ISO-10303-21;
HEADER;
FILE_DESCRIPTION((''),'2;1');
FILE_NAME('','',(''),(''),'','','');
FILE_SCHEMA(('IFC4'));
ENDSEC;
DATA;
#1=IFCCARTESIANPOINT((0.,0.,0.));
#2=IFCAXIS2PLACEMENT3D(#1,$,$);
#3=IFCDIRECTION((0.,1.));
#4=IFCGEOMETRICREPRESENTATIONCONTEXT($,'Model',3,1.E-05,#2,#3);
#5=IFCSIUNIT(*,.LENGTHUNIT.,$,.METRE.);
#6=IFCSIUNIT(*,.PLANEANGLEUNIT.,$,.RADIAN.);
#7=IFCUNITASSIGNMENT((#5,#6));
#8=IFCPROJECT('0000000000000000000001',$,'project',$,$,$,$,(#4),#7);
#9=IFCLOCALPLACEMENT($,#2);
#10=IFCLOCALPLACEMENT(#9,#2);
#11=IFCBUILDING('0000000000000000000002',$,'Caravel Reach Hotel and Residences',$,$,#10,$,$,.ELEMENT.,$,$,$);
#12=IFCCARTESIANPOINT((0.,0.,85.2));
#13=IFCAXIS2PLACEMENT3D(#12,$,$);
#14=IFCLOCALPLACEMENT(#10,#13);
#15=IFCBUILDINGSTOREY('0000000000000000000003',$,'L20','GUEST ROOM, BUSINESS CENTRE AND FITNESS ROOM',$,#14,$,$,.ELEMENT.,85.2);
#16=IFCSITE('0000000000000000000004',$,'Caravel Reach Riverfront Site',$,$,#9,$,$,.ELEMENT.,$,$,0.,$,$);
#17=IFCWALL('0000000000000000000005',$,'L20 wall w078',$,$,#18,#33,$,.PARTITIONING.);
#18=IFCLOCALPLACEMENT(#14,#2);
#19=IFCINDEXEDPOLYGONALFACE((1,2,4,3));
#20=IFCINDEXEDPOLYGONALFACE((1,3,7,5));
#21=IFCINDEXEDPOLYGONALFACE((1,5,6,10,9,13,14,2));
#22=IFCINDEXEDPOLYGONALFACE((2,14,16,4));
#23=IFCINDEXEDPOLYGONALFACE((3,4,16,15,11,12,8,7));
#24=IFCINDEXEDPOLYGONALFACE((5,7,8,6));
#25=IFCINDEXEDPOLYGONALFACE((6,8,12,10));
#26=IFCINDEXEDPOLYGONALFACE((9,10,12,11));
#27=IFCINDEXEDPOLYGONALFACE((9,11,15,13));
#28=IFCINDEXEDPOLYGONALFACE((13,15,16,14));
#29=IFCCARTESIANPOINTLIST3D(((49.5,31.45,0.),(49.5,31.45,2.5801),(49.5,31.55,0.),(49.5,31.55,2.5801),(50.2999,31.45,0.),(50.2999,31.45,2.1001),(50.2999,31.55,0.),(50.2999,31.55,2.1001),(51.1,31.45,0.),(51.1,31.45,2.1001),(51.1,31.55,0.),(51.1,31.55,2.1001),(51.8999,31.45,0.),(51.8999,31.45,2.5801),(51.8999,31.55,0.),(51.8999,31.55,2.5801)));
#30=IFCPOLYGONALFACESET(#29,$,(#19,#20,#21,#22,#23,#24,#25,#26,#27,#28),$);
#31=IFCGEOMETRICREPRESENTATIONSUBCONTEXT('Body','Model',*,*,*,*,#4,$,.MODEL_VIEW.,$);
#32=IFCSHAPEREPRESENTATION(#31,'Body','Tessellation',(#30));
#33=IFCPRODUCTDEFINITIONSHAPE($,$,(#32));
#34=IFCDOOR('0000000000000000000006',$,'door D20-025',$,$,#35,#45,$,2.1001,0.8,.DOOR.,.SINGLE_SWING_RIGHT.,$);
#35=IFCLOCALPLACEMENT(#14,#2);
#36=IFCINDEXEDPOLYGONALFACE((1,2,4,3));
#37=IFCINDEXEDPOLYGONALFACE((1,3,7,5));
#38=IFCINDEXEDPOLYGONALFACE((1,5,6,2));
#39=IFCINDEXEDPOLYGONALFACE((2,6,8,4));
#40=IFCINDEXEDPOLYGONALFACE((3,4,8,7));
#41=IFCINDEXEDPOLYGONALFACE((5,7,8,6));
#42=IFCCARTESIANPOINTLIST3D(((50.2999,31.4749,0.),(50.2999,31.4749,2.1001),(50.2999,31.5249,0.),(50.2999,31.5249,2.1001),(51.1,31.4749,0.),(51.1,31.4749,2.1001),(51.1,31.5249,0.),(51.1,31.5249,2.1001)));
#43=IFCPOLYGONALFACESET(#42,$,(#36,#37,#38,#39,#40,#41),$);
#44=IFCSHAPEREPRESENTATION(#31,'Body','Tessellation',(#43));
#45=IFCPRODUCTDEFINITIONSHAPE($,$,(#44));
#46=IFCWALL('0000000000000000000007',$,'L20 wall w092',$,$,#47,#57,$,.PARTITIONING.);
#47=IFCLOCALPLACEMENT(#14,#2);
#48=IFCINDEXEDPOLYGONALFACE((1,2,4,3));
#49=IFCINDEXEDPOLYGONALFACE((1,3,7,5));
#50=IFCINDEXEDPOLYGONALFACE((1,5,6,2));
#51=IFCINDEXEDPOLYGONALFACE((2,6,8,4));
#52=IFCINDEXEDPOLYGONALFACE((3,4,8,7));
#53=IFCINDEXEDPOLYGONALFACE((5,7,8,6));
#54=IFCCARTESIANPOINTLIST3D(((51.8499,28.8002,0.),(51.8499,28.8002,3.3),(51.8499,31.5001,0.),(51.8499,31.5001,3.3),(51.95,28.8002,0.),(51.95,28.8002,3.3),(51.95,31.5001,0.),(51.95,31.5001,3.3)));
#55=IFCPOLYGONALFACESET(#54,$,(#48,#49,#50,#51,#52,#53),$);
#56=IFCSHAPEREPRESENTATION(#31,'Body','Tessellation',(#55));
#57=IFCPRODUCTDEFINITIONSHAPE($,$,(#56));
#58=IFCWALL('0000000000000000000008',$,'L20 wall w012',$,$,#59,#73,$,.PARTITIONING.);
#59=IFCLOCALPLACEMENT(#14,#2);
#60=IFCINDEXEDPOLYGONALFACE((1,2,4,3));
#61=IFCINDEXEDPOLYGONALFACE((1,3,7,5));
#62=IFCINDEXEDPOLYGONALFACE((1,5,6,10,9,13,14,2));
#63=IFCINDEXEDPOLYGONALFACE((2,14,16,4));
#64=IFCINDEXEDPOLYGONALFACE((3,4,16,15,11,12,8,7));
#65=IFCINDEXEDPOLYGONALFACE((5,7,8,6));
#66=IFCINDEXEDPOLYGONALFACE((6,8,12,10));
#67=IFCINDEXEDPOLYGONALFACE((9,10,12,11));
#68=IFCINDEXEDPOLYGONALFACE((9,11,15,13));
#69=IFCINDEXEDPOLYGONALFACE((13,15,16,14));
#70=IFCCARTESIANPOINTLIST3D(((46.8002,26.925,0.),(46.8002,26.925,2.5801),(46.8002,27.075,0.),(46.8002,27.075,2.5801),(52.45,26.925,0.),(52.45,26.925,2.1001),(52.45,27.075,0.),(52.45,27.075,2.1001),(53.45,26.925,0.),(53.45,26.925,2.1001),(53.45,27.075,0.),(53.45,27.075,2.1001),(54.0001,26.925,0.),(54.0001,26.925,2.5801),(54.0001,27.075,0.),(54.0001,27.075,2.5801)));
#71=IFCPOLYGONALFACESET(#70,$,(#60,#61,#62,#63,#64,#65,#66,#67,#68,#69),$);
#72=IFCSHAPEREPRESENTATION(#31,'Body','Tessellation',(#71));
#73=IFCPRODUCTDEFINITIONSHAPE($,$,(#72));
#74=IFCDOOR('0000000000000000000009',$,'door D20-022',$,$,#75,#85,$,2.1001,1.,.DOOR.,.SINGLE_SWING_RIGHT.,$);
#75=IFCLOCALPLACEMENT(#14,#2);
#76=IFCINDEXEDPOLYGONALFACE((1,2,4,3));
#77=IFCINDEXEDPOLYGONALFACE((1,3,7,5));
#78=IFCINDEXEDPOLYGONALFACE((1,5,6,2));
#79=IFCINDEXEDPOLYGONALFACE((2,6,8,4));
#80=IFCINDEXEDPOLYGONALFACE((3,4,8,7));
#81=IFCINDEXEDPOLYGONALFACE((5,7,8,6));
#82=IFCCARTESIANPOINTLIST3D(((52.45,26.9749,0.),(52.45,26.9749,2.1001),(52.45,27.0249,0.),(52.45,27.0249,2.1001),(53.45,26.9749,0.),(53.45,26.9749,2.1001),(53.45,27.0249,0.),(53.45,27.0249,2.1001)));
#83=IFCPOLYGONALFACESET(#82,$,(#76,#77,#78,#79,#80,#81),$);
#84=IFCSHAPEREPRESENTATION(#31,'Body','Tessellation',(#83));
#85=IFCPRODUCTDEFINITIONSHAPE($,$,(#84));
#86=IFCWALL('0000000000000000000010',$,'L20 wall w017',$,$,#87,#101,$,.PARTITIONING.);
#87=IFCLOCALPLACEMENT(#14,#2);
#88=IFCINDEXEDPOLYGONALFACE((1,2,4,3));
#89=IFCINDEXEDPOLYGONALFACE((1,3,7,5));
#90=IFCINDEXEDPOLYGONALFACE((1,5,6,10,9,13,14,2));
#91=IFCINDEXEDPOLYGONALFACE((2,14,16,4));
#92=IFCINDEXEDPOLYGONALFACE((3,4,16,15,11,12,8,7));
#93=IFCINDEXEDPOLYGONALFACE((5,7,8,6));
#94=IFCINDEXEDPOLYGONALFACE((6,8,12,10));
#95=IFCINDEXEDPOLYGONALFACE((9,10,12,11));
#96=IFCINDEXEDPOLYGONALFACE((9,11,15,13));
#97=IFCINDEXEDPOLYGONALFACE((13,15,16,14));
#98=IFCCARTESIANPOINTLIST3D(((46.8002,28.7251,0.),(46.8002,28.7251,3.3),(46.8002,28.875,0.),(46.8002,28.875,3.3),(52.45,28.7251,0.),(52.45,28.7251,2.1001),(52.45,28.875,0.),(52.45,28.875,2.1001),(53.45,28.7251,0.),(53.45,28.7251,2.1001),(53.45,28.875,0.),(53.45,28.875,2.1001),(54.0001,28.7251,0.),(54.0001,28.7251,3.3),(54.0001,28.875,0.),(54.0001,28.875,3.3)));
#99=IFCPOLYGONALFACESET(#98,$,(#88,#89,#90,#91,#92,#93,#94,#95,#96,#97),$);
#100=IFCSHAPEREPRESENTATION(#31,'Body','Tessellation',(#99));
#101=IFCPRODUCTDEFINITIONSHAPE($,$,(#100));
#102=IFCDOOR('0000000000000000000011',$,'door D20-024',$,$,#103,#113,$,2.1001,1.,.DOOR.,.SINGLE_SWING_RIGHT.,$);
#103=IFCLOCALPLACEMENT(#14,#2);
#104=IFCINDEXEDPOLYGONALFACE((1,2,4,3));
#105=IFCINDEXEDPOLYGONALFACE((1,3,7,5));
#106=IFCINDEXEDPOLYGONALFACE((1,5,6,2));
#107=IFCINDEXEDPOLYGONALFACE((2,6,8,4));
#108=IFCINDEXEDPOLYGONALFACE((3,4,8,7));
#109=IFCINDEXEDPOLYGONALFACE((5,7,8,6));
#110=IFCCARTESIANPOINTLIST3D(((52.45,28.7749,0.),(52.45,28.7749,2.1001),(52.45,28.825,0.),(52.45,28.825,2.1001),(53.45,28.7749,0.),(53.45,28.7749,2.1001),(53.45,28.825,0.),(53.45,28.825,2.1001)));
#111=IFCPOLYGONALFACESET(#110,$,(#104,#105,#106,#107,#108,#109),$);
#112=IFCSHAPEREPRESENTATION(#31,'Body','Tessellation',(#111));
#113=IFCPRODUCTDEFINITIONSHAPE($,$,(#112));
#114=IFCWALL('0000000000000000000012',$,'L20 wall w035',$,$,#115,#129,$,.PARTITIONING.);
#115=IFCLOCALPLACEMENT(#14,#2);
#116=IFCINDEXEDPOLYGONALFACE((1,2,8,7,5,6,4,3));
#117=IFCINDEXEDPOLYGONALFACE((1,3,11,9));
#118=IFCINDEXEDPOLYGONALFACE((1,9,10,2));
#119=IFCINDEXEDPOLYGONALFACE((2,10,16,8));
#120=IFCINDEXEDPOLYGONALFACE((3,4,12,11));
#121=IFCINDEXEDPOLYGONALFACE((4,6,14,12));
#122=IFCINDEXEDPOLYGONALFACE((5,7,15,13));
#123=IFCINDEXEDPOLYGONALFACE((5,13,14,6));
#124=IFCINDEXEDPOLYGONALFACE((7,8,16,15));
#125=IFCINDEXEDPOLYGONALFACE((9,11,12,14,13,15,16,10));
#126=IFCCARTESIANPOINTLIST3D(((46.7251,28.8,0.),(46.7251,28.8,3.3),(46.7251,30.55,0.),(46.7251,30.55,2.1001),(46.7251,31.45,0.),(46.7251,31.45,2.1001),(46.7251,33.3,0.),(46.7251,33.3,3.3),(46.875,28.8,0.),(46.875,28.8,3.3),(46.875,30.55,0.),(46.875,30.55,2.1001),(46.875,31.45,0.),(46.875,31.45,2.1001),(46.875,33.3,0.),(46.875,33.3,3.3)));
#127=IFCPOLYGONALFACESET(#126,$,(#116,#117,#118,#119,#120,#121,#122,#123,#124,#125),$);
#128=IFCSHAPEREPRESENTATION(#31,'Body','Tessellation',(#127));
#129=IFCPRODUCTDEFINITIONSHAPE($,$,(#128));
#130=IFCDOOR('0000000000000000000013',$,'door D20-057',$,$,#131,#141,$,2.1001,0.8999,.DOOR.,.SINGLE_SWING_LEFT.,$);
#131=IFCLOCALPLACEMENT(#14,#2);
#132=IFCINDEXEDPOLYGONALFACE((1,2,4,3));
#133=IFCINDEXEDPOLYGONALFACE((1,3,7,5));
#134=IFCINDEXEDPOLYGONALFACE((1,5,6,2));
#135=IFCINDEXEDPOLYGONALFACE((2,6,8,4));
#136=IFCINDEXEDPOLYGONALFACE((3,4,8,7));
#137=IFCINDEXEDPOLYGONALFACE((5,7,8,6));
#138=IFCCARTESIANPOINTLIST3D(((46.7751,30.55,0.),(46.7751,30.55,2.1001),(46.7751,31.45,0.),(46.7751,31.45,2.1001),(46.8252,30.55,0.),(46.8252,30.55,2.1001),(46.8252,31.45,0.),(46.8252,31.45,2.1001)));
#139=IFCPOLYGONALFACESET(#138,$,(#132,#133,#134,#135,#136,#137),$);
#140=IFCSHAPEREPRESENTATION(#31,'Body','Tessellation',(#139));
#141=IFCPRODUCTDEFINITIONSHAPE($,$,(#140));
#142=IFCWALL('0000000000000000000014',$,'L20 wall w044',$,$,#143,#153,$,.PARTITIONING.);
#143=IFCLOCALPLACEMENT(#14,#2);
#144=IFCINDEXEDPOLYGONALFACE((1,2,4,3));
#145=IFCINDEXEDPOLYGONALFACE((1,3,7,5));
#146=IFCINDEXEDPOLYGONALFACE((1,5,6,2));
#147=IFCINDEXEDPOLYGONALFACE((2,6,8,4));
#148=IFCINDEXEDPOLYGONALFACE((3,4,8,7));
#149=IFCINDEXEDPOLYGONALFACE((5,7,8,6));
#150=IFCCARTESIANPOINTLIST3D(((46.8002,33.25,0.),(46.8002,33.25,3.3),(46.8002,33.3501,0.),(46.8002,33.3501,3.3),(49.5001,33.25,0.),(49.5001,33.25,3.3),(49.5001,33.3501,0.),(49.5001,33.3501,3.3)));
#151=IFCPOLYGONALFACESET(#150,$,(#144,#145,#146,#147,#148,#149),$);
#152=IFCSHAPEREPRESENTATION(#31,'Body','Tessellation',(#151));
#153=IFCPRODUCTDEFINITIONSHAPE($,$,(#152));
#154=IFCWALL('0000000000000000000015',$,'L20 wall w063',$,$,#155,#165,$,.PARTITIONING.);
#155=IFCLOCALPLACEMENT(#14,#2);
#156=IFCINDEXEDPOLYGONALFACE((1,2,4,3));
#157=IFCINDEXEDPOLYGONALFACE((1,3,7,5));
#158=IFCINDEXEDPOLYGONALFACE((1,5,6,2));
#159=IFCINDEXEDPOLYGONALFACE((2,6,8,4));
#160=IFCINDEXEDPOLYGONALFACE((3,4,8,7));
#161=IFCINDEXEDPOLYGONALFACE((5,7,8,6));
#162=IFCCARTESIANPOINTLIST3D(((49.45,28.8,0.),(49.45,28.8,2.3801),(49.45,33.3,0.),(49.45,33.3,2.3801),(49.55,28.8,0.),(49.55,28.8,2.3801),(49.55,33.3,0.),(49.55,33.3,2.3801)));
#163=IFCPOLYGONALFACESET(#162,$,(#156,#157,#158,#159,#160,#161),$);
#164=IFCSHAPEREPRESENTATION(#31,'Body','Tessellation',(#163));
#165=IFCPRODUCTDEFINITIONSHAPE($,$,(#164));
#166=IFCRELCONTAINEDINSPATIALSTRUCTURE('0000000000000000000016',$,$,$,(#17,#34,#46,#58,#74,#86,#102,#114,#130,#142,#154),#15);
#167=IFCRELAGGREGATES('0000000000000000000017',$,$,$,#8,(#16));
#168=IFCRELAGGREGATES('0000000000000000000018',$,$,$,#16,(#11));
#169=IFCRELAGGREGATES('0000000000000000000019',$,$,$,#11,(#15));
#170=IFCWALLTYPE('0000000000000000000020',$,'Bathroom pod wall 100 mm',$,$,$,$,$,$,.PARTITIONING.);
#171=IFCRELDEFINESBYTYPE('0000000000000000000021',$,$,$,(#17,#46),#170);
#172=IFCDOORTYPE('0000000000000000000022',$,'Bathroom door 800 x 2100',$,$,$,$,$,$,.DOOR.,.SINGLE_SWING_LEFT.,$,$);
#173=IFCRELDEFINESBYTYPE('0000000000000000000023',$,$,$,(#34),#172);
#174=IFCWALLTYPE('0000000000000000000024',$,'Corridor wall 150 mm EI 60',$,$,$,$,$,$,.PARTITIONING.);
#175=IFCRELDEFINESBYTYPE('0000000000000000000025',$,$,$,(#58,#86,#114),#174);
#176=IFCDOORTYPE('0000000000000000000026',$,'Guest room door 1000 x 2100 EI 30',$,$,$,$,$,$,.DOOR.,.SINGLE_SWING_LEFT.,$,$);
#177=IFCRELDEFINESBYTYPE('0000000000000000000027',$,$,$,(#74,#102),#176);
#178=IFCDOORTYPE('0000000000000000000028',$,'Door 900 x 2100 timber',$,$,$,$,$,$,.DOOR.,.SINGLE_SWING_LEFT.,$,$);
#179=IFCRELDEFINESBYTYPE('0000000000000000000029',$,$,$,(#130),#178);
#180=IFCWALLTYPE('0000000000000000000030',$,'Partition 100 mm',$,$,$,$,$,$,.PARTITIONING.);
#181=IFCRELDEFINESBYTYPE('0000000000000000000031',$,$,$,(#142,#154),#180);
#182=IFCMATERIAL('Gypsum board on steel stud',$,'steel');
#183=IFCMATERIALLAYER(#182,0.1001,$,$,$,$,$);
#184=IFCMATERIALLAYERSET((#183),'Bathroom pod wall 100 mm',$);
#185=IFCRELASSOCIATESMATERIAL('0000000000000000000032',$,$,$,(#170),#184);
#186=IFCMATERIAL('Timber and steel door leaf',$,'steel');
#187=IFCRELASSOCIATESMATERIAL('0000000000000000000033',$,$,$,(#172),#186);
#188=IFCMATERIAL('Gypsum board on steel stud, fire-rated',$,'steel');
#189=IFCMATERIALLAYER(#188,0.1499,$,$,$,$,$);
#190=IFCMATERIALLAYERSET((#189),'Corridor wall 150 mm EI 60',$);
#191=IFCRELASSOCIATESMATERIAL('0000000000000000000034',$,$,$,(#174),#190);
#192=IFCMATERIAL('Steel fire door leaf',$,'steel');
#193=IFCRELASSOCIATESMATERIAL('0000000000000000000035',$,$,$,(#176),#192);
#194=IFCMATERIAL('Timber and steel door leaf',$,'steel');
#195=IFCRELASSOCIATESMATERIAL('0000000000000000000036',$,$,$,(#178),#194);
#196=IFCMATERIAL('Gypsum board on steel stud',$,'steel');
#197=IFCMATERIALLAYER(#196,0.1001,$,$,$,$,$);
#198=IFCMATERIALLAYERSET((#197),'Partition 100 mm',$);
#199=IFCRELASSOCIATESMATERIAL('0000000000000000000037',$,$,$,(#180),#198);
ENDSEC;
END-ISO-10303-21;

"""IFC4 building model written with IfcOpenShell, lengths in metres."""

from ifc_helpers import new_model, si_unit, direction, frame, frame_2d, origin, place, context, subcontext, project, spatial, rectangle, extrude, material, layer, layer_set, type_object, element, fill, save


model = new_model("IFC4")

# Units and contexts
model_context = context("Model", 3, precision=1e-05, world=origin(), true_north=direction((0.0, 1.0)))
body_context = subcontext(model_context, "Body", "Model", "MODEL_VIEW")
ifc_project = project(units=[si_unit("LENGTHUNIT", "METRE"), si_unit("PLANEANGLEUNIT", "RADIAN")], contexts=[model_context])

# Site, building, storey
site_placement = place(None, origin())
site = spatial("IfcSite", under=ifc_project, at=site_placement, Name="Caravel Reach Riverfront Site", CompositionType="ELEMENT", RefElevation=0.0)
building_placement = place(site_placement, origin())
building = spatial("IfcBuilding", under=site, at=building_placement, Name="Caravel Reach Hotel and Residences", CompositionType="ELEMENT")
storey_placement = place(building_placement, frame((0.0, 0.0, 85.2)))
storey = spatial("IfcBuildingStorey", under=building, at=storey_placement, Name="L20", Description="GUEST ROOM, BUSINESS CENTRE AND FITNESS ROOM", CompositionType="ELEMENT", Elevation=85.2)

# Wall, opening, door
ifc_material_1 = material(Name="Gypsum board on steel stud", Category="steel")
ifc_layer_1 = layer(ifc_material_1, 0.1001)
ifc_layer_set_1 = layer_set([ifc_layer_1], Name="Bathroom pod wall 100 mm")
wall_type_1 = type_object("IfcWallType", Name="Bathroom pod wall 100 mm", PredefinedType="PARTITIONING", material=ifc_layer_set_1)
wall_1_placement = place(storey_placement, frame((49.5, 31.5, 0.0), z_axis=(0.0, 0.0, 1.0), x_axis=(1.0, 0.0, 0.0)))
wall_1 = element("IfcWall", 1, at=wall_1_placement, inside=storey, type_object=wall_type_1, Name="L20 wall w078", PredefinedType="PARTITIONING", context=body_context, shape_type="SweptSolid", body=[
    extrude(rectangle(XDim=2.3999, YDim=0.1001, at=frame_2d((1.2, 0.0))), origin(), (0.0, 0.0, 1.0), 2.5801),
])
opening_1_placement = place(wall_1_placement, frame((0.8, 0.0, 0.0)))
opening_1 = element("IfcOpeningElement", 2, at=opening_1_placement, cuts=wall_1, PredefinedType="OPENING", context=body_context, shape_type="SweptSolid", body=[
    extrude(rectangle(XDim=0.8, YDim=2.1001, at=frame_2d((0.3999, 1.05))), frame((0.0, 0.0601, 0.0), z_axis=(0.0, -1.0, 0.0), x_axis=(1.0, 0.0, 0.0)), (0.0, 0.0, 1.0), 0.1201),
])
ifc_material_2 = material(Name="Timber and steel door leaf", Category="steel")
door_type_1 = type_object("IfcDoorType", Name="Bathroom door 800 x 2100", OperationType="SINGLE_SWING_LEFT", PredefinedType="DOOR", material=ifc_material_2)
door_1_placement = place(opening_1_placement, origin())
door_1 = element("IfcDoor", 3, at=door_1_placement, inside=storey, type_object=door_type_1, Name="door D20-025", OperationType="SINGLE_SWING_RIGHT", OverallHeight=2.1001, OverallWidth=0.8, PredefinedType="DOOR", context=body_context, shape_type="SweptSolid", body=[
    extrude(rectangle(XDim=0.8, YDim=2.1001, at=frame_2d((0.3999, 1.05))), frame((0.0, 0.0249, 0.0), z_axis=(0.0, -1.0, 0.0), x_axis=(1.0, 0.0, 0.0)), (0.0, 0.0, 1.0), 0.05),
])
fill(opening_1, door_1)

# Wall
wall_2_placement = place(storey_placement, frame((51.8999, 28.8, 0.0), z_axis=(0.0, 0.0, 1.0), x_axis=(0.0, 1.0, 0.0)))
element("IfcWall", 4, at=wall_2_placement, inside=storey, type_object=wall_type_1, Name="L20 wall w092", PredefinedType="PARTITIONING", context=body_context, shape_type="SweptSolid", body=[
    extrude(rectangle(XDim=2.7, YDim=0.1001, at=frame_2d((1.3501, 0.0))), origin(), (0.0, 0.0, 1.0), 3.3),
])

# Walls, openings, doors
ifc_material_3 = material(Name="Gypsum board on steel stud, fire-rated", Category="steel")
ifc_layer_2 = layer(ifc_material_3, 0.1499)
ifc_layer_set_2 = layer_set([ifc_layer_2], Name="Corridor wall 150 mm EI 60")
wall_type_2 = type_object("IfcWallType", Name="Corridor wall 150 mm EI 60", PredefinedType="PARTITIONING", material=ifc_layer_set_2)
wall_3_placement = place(storey_placement, frame((46.8, 27.0, 0.0), z_axis=(0.0, 0.0, 1.0), x_axis=(1.0, 0.0, 0.0)))
wall_3 = element("IfcWall", 5, at=wall_3_placement, inside=storey, type_object=wall_type_2, Name="L20 wall w012", PredefinedType="PARTITIONING", context=body_context, shape_type="SweptSolid", body=[
    extrude(rectangle(XDim=7.2, YDim=0.1499, at=frame_2d((3.6001, 0.0))), origin(), (0.0, 0.0, 1.0), 2.5801),
])
opening_2_placement = place(wall_3_placement, frame((5.6499, 0.0, 0.0)))
opening_2 = element("IfcOpeningElement", 6, at=opening_2_placement, cuts=wall_3, PredefinedType="OPENING", context=body_context, shape_type="SweptSolid", body=[
    extrude(rectangle(XDim=1.0, YDim=2.1001, at=frame_2d((0.5, 1.05))), frame((0.0, 0.085, 0.0), z_axis=(0.0, -1.0, 0.0), x_axis=(1.0, 0.0, 0.0)), (0.0, 0.0, 1.0), 0.1699),
])
ifc_material_4 = material(Name="Steel fire door leaf", Category="steel")
door_type_2 = type_object("IfcDoorType", Name="Guest room door 1000 x 2100 EI 30", OperationType="SINGLE_SWING_LEFT", PredefinedType="DOOR", material=ifc_material_4)
door_2_placement = place(opening_2_placement, origin())
door_2 = element("IfcDoor", 7, at=door_2_placement, inside=storey, type_object=door_type_2, Name="door D20-022", OperationType="SINGLE_SWING_RIGHT", OverallHeight=2.1001, OverallWidth=1.0, PredefinedType="DOOR", context=body_context, shape_type="SweptSolid", body=[
    extrude(rectangle(XDim=1.0, YDim=2.1001, at=frame_2d((0.5, 1.05))), frame((0.0, 0.0249, 0.0), z_axis=(0.0, -1.0, 0.0), x_axis=(1.0, 0.0, 0.0)), (0.0, 0.0, 1.0), 0.05),
])
fill(opening_2, door_2)
wall_4_placement = place(storey_placement, frame((46.8, 28.8, 0.0), z_axis=(0.0, 0.0, 1.0), x_axis=(1.0, 0.0, 0.0)))
wall_4 = element("IfcWall", 8, at=wall_4_placement, inside=storey, type_object=wall_type_2, Name="L20 wall w017", PredefinedType="PARTITIONING", context=body_context, shape_type="SweptSolid", body=[
    extrude(rectangle(XDim=7.2, YDim=0.1499, at=frame_2d((3.6001, 0.0))), origin(), (0.0, 0.0, 1.0), 3.3),
])
opening_3_placement = place(wall_4_placement, frame((5.6499, 0.0, 0.0)))
opening_3 = element("IfcOpeningElement", 9, at=opening_3_placement, cuts=wall_4, PredefinedType="OPENING", context=body_context, shape_type="SweptSolid", body=[
    extrude(rectangle(XDim=1.0, YDim=2.1001, at=frame_2d((0.5, 1.05))), frame((0.0, 0.085, 0.0), z_axis=(0.0, -1.0, 0.0), x_axis=(1.0, 0.0, 0.0)), (0.0, 0.0, 1.0), 0.1699),
])
door_3_placement = place(opening_3_placement, origin())
door_3 = element("IfcDoor", 10, at=door_3_placement, inside=storey, type_object=door_type_2, Name="door D20-024", OperationType="SINGLE_SWING_RIGHT", OverallHeight=2.1001, OverallWidth=1.0, PredefinedType="DOOR", context=body_context, shape_type="SweptSolid", body=[
    extrude(rectangle(XDim=1.0, YDim=2.1001, at=frame_2d((0.5, 1.05))), frame((0.0, 0.0249, 0.0), z_axis=(0.0, -1.0, 0.0), x_axis=(1.0, 0.0, 0.0)), (0.0, 0.0, 1.0), 0.05),
])
fill(opening_3, door_3)
wall_5_placement = place(storey_placement, frame((46.8, 28.8, 0.0), z_axis=(0.0, 0.0, 1.0), x_axis=(0.0, 1.0, 0.0)))
wall_5 = element("IfcWall", 11, at=wall_5_placement, inside=storey, type_object=wall_type_2, Name="L20 wall w035", PredefinedType="PARTITIONING", context=body_context, shape_type="SweptSolid", body=[
    extrude(rectangle(XDim=4.5, YDim=0.1499, at=frame_2d((2.25, 0.0))), origin(), (0.0, 0.0, 1.0), 3.3),
])
opening_4_placement = place(wall_5_placement, frame((1.75, 0.0, 0.0)))
opening_4 = element("IfcOpeningElement", 12, at=opening_4_placement, cuts=wall_5, PredefinedType="OPENING", context=body_context, shape_type="SweptSolid", body=[
    extrude(rectangle(XDim=0.8999, YDim=2.1001, at=frame_2d((0.45, 1.05))), frame((0.0, 0.085, 0.0), z_axis=(0.0, -1.0, 0.0), x_axis=(1.0, 0.0, 0.0)), (0.0, 0.0, 1.0), 0.1699),
])
ifc_material_5 = material(Name="Timber and steel door leaf", Category="steel")
door_type_3 = type_object("IfcDoorType", Name="Door 900 x 2100 timber", OperationType="SINGLE_SWING_LEFT", PredefinedType="DOOR", material=ifc_material_5)
door_4_placement = place(opening_4_placement, origin())
door_4 = element("IfcDoor", 13, at=door_4_placement, inside=storey, type_object=door_type_3, Name="door D20-057", OperationType="SINGLE_SWING_LEFT", OverallHeight=2.1001, OverallWidth=0.8999, PredefinedType="DOOR", context=body_context, shape_type="SweptSolid", body=[
    extrude(rectangle(XDim=0.8999, YDim=2.1001, at=frame_2d((0.45, 1.05))), frame((0.0, 0.0249, 0.0), z_axis=(0.0, -1.0, 0.0), x_axis=(1.0, 0.0, 0.0)), (0.0, 0.0, 1.0), 0.05),
])
fill(opening_4, door_4)

# Walls
ifc_material_6 = material(Name="Gypsum board on steel stud", Category="steel")
ifc_layer_3 = layer(ifc_material_6, 0.1001)
ifc_layer_set_3 = layer_set([ifc_layer_3], Name="Partition 100 mm")
wall_type_3 = type_object("IfcWallType", Name="Partition 100 mm", PredefinedType="PARTITIONING", material=ifc_layer_set_3)
wall_6_placement = place(storey_placement, frame((46.8, 33.3, 0.0), z_axis=(0.0, 0.0, 1.0), x_axis=(1.0, 0.0, 0.0)))
element("IfcWall", 14, at=wall_6_placement, inside=storey, type_object=wall_type_3, Name="L20 wall w044", PredefinedType="PARTITIONING", context=body_context, shape_type="SweptSolid", body=[
    extrude(rectangle(XDim=2.7, YDim=0.1001, at=frame_2d((1.3501, 0.0))), origin(), (0.0, 0.0, 1.0), 3.3),
])
wall_7_placement = place(storey_placement, frame((49.5, 28.8, 0.0), z_axis=(0.0, 0.0, 1.0), x_axis=(0.0, 1.0, 0.0)))
element("IfcWall", 15, at=wall_7_placement, inside=storey, type_object=wall_type_3, Name="L20 wall w063", PredefinedType="PARTITIONING", context=body_context, shape_type="SweptSolid", body=[
    extrude(rectangle(XDim=4.5, YDim=0.1001, at=frame_2d((2.25, 0.0))), origin(), (0.0, 0.0, 1.0), 2.3801),
])

save(model, "model.ifc")
